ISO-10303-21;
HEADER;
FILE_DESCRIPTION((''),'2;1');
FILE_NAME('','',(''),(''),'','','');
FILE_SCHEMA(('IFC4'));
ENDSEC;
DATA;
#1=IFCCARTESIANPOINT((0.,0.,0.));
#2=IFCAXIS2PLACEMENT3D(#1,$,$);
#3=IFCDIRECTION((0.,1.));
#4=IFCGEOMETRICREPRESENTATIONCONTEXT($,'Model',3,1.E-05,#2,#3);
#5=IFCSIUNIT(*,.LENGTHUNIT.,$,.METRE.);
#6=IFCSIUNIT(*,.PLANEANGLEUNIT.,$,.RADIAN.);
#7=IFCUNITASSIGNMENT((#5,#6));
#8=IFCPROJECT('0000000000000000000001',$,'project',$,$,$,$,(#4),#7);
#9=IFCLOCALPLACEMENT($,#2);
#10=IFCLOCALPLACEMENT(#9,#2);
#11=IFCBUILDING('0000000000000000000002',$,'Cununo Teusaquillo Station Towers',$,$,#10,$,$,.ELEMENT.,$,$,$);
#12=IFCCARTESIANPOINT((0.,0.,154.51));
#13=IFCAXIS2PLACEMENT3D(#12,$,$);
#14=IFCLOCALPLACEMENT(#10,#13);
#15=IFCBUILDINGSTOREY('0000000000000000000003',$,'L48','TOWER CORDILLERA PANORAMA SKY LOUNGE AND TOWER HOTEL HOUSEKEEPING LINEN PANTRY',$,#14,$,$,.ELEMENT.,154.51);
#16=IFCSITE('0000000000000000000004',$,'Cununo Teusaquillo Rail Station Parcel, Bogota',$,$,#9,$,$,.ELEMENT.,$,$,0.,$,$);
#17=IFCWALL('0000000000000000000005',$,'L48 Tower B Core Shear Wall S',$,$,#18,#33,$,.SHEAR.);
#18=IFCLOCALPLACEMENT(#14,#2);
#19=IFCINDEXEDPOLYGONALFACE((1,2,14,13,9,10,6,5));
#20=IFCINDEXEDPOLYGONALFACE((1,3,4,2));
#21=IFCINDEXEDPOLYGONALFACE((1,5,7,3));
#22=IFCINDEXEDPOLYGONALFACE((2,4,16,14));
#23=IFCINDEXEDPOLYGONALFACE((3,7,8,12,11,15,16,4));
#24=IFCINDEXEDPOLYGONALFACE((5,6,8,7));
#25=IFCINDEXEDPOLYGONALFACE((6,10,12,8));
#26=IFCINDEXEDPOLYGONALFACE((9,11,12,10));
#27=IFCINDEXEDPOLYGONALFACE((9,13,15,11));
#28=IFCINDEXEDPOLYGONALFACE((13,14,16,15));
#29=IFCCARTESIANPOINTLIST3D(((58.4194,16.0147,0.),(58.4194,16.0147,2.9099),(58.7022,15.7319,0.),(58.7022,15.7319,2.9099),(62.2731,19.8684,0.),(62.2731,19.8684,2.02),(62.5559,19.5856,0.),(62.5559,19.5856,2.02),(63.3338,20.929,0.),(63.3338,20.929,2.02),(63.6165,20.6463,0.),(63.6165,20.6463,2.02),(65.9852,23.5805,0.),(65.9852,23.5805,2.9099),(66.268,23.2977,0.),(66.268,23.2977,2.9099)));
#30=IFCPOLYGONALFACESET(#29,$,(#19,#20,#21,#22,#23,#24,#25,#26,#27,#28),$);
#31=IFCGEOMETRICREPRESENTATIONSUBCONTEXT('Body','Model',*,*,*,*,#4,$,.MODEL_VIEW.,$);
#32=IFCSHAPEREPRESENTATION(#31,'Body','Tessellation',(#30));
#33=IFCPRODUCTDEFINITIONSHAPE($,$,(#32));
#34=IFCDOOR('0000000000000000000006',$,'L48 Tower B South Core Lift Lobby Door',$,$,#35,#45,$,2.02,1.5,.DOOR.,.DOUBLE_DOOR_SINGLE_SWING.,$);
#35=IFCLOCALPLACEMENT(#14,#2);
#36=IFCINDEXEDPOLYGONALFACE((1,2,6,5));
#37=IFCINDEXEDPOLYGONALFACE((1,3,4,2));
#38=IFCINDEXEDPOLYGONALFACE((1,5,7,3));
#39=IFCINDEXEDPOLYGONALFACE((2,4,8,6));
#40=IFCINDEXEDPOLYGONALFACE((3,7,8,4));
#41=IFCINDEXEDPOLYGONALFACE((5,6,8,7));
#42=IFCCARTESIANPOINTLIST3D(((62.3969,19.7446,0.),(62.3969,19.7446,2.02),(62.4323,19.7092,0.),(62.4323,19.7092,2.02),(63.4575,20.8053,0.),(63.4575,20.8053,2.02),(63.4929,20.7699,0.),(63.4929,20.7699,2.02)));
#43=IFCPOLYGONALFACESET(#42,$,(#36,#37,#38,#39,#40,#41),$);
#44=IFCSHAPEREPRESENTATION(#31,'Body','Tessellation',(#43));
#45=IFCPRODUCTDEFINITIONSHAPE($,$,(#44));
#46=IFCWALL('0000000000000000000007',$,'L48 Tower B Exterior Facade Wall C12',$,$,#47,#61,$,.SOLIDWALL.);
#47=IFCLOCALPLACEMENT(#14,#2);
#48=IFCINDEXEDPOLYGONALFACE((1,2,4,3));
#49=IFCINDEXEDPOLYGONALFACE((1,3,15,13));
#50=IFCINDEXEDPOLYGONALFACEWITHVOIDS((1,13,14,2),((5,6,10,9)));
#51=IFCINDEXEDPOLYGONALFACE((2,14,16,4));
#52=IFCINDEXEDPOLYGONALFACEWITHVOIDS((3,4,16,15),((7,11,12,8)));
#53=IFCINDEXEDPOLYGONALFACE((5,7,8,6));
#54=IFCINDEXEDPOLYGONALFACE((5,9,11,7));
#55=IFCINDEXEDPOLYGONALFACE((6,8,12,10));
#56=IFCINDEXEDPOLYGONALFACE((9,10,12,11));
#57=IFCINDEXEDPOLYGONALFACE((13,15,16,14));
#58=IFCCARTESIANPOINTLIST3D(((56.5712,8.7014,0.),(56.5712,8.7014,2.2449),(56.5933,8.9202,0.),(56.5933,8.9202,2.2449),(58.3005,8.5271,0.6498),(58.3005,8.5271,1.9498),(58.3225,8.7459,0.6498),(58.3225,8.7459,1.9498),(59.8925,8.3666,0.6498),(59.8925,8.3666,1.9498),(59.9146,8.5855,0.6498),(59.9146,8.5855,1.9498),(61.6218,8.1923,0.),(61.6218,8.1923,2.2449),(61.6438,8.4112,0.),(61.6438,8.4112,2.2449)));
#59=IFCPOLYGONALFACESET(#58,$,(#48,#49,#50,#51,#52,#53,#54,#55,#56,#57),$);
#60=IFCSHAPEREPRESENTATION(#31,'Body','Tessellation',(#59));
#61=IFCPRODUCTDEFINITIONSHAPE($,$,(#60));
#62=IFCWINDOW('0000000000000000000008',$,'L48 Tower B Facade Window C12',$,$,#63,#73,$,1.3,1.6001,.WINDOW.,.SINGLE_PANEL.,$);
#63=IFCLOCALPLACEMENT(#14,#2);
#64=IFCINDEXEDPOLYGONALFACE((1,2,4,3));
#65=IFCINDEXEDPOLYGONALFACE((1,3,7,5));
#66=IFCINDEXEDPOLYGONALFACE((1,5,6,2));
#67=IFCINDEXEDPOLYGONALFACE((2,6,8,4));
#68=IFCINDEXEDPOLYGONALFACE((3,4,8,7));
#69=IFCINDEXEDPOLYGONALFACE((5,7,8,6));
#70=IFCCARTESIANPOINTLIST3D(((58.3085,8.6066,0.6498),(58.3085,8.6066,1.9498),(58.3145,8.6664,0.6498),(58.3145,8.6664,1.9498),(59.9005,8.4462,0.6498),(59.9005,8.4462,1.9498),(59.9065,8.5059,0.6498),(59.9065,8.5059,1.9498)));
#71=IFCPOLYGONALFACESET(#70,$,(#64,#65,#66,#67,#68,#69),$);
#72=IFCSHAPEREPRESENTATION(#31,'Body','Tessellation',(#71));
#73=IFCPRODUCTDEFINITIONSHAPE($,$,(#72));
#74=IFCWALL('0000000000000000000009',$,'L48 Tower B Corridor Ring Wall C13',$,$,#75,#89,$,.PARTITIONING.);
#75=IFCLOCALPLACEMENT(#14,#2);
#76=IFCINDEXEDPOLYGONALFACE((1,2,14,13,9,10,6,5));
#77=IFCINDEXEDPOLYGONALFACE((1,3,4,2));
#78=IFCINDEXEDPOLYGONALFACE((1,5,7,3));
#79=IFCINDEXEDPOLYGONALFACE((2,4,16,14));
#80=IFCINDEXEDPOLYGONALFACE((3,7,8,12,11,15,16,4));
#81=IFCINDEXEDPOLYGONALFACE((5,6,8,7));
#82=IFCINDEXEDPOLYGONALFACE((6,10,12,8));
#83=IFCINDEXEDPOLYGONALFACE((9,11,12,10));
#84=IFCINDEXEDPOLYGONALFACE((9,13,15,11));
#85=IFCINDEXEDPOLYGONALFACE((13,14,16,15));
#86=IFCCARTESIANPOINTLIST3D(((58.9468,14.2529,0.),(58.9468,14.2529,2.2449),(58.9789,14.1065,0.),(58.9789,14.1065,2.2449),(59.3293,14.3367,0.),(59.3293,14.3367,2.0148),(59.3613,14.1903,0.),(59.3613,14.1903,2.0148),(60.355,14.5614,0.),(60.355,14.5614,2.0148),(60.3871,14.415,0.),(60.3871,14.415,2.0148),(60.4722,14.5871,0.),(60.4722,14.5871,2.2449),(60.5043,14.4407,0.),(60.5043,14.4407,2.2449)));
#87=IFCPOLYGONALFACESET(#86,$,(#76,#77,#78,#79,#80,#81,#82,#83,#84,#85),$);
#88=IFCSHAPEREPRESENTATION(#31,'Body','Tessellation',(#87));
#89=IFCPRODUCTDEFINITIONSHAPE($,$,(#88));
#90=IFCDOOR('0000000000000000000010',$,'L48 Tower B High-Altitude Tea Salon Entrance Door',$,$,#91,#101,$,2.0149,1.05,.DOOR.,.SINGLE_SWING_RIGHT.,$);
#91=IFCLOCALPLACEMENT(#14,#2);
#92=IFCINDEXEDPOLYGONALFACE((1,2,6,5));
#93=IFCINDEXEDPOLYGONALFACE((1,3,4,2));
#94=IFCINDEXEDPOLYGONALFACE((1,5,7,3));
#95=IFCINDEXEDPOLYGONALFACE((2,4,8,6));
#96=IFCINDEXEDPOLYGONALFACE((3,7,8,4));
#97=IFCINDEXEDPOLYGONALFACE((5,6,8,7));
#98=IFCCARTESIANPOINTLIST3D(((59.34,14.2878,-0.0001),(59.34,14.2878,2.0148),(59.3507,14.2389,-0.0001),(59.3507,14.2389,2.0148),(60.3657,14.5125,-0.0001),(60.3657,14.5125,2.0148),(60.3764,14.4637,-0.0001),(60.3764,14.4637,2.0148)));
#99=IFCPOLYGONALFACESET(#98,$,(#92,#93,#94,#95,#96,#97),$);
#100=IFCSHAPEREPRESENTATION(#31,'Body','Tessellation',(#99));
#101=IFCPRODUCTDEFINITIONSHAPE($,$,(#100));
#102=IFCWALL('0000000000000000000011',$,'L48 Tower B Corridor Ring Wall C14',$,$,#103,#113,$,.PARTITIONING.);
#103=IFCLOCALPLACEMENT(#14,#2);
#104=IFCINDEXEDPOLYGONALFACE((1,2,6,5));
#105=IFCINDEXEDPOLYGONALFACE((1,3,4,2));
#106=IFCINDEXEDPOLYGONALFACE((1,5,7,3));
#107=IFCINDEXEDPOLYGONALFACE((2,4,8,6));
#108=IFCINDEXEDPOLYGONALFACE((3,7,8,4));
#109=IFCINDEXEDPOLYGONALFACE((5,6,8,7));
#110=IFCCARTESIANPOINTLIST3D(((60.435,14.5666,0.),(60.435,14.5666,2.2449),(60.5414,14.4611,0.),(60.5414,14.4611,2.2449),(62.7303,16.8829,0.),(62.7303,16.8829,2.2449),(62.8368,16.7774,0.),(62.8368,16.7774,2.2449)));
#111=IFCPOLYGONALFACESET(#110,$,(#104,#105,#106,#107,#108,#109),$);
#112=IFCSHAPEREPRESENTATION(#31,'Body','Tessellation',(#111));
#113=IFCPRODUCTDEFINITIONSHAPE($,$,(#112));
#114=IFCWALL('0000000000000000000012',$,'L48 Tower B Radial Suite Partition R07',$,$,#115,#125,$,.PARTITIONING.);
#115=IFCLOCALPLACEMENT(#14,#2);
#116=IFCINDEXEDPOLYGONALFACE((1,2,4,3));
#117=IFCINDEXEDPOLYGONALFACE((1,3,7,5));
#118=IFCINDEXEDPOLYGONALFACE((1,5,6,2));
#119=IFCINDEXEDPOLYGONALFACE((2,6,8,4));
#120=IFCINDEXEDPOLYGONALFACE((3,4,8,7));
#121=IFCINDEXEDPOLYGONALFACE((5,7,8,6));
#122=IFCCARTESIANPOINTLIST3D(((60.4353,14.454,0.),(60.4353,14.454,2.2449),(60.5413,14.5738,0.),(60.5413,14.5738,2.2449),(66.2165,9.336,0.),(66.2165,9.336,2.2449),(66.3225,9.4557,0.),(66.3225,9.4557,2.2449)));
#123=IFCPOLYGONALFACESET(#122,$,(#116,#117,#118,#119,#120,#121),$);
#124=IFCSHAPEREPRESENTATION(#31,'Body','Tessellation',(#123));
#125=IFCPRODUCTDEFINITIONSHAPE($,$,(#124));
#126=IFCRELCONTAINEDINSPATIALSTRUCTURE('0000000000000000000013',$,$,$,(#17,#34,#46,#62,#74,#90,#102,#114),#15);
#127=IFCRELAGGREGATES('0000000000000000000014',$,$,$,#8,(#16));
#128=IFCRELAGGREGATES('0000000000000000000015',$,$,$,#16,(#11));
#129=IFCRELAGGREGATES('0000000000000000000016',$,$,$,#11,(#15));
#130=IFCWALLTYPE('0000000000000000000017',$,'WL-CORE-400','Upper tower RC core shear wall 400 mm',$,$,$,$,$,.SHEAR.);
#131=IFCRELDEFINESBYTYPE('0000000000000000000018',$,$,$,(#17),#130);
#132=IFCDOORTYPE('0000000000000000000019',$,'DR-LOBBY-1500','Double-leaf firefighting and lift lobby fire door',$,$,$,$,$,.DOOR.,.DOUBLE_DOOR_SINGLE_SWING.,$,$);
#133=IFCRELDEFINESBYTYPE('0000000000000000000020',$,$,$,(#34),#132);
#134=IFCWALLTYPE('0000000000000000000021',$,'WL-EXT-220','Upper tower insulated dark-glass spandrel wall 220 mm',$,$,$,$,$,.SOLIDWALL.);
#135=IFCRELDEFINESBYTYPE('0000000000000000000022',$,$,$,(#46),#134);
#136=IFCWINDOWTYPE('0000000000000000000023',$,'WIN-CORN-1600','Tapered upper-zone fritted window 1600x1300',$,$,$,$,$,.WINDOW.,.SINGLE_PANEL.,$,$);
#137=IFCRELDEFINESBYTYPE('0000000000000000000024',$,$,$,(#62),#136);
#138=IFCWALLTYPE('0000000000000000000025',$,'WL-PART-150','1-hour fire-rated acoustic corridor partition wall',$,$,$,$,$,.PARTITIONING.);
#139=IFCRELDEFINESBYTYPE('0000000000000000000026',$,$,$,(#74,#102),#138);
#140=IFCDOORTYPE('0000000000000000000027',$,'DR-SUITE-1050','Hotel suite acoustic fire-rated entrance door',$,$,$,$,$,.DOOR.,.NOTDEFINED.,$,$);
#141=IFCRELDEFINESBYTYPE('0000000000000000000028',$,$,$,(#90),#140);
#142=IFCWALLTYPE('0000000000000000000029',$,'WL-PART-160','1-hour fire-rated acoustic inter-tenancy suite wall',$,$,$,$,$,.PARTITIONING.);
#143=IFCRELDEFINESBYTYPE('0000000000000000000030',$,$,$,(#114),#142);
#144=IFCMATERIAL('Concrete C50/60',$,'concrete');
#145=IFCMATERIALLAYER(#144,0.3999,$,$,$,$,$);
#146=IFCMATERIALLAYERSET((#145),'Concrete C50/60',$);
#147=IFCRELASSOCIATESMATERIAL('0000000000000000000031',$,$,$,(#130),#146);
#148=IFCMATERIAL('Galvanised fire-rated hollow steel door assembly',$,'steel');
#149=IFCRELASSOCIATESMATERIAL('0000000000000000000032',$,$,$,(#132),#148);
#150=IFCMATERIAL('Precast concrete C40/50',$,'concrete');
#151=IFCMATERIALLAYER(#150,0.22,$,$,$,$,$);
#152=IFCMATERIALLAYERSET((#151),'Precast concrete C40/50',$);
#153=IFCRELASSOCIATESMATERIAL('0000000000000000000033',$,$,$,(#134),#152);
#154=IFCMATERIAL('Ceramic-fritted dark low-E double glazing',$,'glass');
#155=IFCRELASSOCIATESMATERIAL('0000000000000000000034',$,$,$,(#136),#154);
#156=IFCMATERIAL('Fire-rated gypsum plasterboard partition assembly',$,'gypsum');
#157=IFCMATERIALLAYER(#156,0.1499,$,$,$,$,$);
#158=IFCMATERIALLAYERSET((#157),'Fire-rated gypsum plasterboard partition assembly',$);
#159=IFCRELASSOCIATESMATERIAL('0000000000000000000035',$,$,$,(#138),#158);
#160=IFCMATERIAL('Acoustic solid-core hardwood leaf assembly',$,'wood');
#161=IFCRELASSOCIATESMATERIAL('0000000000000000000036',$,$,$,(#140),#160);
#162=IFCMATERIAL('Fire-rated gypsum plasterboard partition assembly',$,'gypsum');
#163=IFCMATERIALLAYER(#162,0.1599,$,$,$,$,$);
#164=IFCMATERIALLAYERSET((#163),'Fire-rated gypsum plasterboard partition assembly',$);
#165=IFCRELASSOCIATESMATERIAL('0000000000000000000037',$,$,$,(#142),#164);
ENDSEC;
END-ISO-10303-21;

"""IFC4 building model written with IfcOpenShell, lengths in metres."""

from ifc_helpers import new_model, si_unit, direction, frame, frame_2d, origin, place, context, subcontext, project, spatial, rectangle, extrude, source, transform, mapped, material, layer, layer_set, type_object, element, fill, save


model = new_model("IFC4")

# Units and contexts
model_context = context("Model", 3, precision=1e-05, world=origin(), true_north=direction((0.0, 1.0)))
body_context = subcontext(model_context, "Body", "Model", "MODEL_VIEW")
ifc_project = project(units=[si_unit("LENGTHUNIT", "METRE"), si_unit("PLANEANGLEUNIT", "RADIAN")], contexts=[model_context])

# Site, building, storey
site_placement = place(None, origin())
site = spatial("IfcSite", under=ifc_project, at=site_placement, Name="Cununo Teusaquillo Rail Station Parcel, Bogota", CompositionType="ELEMENT", RefElevation=0.0)
building_placement = place(site_placement, origin())
building = spatial("IfcBuilding", under=site, at=building_placement, Name="Cununo Teusaquillo Station Towers", CompositionType="ELEMENT")
storey_placement = place(building_placement, frame((0.0, 0.0, 154.51)))
storey = spatial("IfcBuildingStorey", under=building, at=storey_placement, Name="L48", Description="TOWER CORDILLERA PANORAMA SKY LOUNGE AND TOWER HOTEL HOUSEKEEPING LINEN PANTRY", CompositionType="ELEMENT", Elevation=154.51)

# Shared definitions
ifc_material_1 = material(Name="Concrete C50/60", Category="concrete")
ifc_layer_1 = layer(ifc_material_1, 0.3999)
ifc_layer_set_1 = layer_set([ifc_layer_1], Name="Concrete C50/60")
wall_type_1 = type_object("IfcWallType", Name="WL-CORE-400", Description="Upper tower RC core shear wall 400 mm", PredefinedType="SHEAR", material=ifc_layer_set_1)

# Wall, opening, door
wall_1_placement = place(storey_placement, frame((58.5608, 15.8733, 0.0), z_axis=(0.0, 0.0, 1.0), x_axis=(0.707107, 0.707107, 0.0)))
wall_1 = element("IfcWall", 1, at=wall_1_placement, inside=storey, type_object=wall_type_1, Name="L48 Tower B Core Shear Wall S", PredefinedType="SHEAR", context=body_context, shape_type="SweptSolid", body=[
    extrude(rectangle(XDim=10.6997, YDim=0.3999, at=frame_2d((5.3499, 0.0))), origin(), (0.0, 0.0, 1.0), 2.9099),
])
shared_shape_1 = source(origin(), body_context, "Body", "SweptSolid", [
    extrude(rectangle(XDim=1.5, YDim=2.02, at=frame_2d((0.75, 1.01))), frame((0.0, 0.21, 0.0), z_axis=(0.0, -1.0, 0.0), x_axis=(1.0, 0.0, 0.0)), (0.0, 0.0, 1.0), 0.4199),
])
opening_1_placement = place(wall_1_placement, frame((5.45, 0.0, 0.0)))
opening_1 = element("IfcOpeningElement", 2, at=opening_1_placement, cuts=wall_1, PredefinedType="OPENING", context=body_context, shape_type="MappedRepresentation", body=[
    mapped(shared_shape_1, transform((0.0, 0.0, 0.0), x_axis=(1.0, 0.0, 0.0), y_axis=(0.0, 1.0, 0.0), z_axis=(0.0, 0.0, 1.0), scale=1.0)),
])
ifc_material_2 = material(Name="Galvanised fire-rated hollow steel door assembly", Category="steel")
door_type_1 = type_object("IfcDoorType", Name="DR-LOBBY-1500", Description="Double-leaf firefighting and lift lobby fire door", OperationType="DOUBLE_DOOR_SINGLE_SWING", PredefinedType="DOOR", material=ifc_material_2)
shared_shape_2 = source(origin(), body_context, "Body", "SweptSolid", [
    extrude(rectangle(XDim=1.5, YDim=2.02, at=frame_2d((0.75, 1.01))), frame((0.0, 0.0249, 0.0), z_axis=(0.0, -1.0, 0.0), x_axis=(1.0, 0.0, 0.0)), (0.0, 0.0, 1.0), 0.05),
])
door_1_placement = place(opening_1_placement, origin())
door_1 = element("IfcDoor", 3, at=door_1_placement, inside=storey, type_object=door_type_1, Name="L48 Tower B South Core Lift Lobby Door", OperationType="DOUBLE_DOOR_SINGLE_SWING", OverallHeight=2.02, OverallWidth=1.5, PredefinedType="DOOR", context=body_context, shape_type="MappedRepresentation", body=[
    mapped(shared_shape_2, transform((0.0, 0.0, 0.0), x_axis=(1.0, 0.0, 0.0), y_axis=(0.0, 1.0, 0.0), z_axis=(0.0, 0.0, 1.0), scale=1.0)),
])
fill(opening_1, door_1)

# Wall, opening, window
ifc_material_3 = material(Name="Precast concrete C40/50", Category="concrete")
ifc_layer_2 = layer(ifc_material_3, 0.22)
ifc_layer_set_2 = layer_set([ifc_layer_2], Name="Precast concrete C40/50")
wall_type_2 = type_object("IfcWallType", Name="WL-EXT-220", Description="Upper tower insulated dark-glass spandrel wall 220 mm", PredefinedType="SOLIDWALL", material=ifc_layer_set_2)
wall_2_placement = place(storey_placement, frame((61.6328, 8.3018, 0.0), z_axis=(0.0, 0.0, 1.0), x_axis=(-0.994959, 0.10028, 0.0)))
wall_2 = element("IfcWall", 4, at=wall_2_placement, inside=storey, type_object=wall_type_2, Name="L48 Tower B Exterior Facade Wall C12", PredefinedType="SOLIDWALL", context=body_context, shape_type="SweptSolid", body=[
    extrude(rectangle(XDim=5.0762, YDim=0.22, at=frame_2d((2.5381, 0.0))), origin(), (0.0, 0.0, 1.0), 2.2449),
])
shared_shape_3 = source(origin(), body_context, "Body", "SweptSolid", [
    extrude(rectangle(XDim=1.6001, YDim=1.3, at=frame_2d((0.8, 0.6499))), frame((0.0, 0.1199, 0.0), z_axis=(0.0, -1.0, 0.0), x_axis=(1.0, 0.0, 0.0)), (0.0, 0.0, 1.0), 0.24),
])
opening_2_placement = place(wall_2_placement, frame((1.738, 0.0, 0.6499)))
opening_2 = element("IfcOpeningElement", 5, at=opening_2_placement, cuts=wall_2, PredefinedType="OPENING", context=body_context, shape_type="MappedRepresentation", body=[
    mapped(shared_shape_3, transform((0.0, 0.0, 0.0), x_axis=(1.0, 0.0, 0.0), y_axis=(0.0, 1.0, 0.0), z_axis=(0.0, 0.0, 1.0), scale=1.0)),
])
ifc_material_4 = material(Name="Ceramic-fritted dark low-E double glazing", Category="glass")
window_type = type_object("IfcWindowType", Name="WIN-CORN-1600", Description="Tapered upper-zone fritted window 1600x1300", PartitioningType="SINGLE_PANEL", PredefinedType="WINDOW", material=ifc_material_4)
shared_shape_4 = source(origin(), body_context, "Body", "SweptSolid", [
    extrude(rectangle(XDim=1.6001, YDim=1.3, at=frame_2d((0.8, 0.6499))), frame((0.0, 0.03, 0.0), z_axis=(0.0, -1.0, 0.0), x_axis=(1.0, 0.0, 0.0)), (0.0, 0.0, 1.0), 0.0601),
])
window_placement = place(opening_2_placement, origin())
window = element("IfcWindow", 6, at=window_placement, inside=storey, type_object=window_type, Name="L48 Tower B Facade Window C12", OverallHeight=1.3, OverallWidth=1.6001, PartitioningType="SINGLE_PANEL", PredefinedType="WINDOW", context=body_context, shape_type="MappedRepresentation", body=[
    mapped(shared_shape_4, transform((0.0, 0.0, 0.0), x_axis=(1.0, 0.0, 0.0), y_axis=(0.0, 1.0, 0.0), z_axis=(0.0, 0.0, 1.0), scale=1.0)),
])
fill(opening_2, window)

# Wall, opening, door
ifc_material_5 = material(Name="Fire-rated gypsum plasterboard partition assembly", Category="gypsum")
ifc_layer_3 = layer(ifc_material_5, 0.1499)
ifc_layer_set_3 = layer_set([ifc_layer_3], Name="Fire-rated gypsum plasterboard partition assembly")
wall_type_3 = type_object("IfcWallType", Name="WL-PART-150", Description="1-hour fire-rated acoustic corridor partition wall", PredefinedType="PARTITIONING", material=ifc_layer_set_3)
wall_3_placement = place(storey_placement, frame((58.9629, 14.1797, 0.0), z_axis=(0.0, 0.0, 1.0), x_axis=(0.976827, 0.214033, 0.0)))
wall_3 = element("IfcWall", 7, at=wall_3_placement, inside=storey, type_object=wall_type_3, Name="L48 Tower B Corridor Ring Wall C13", PredefinedType="PARTITIONING", context=body_context, shape_type="SweptSolid", body=[
    extrude(rectangle(XDim=1.5615, YDim=0.1499, at=frame_2d((0.7808, 0.0))), origin(), (0.0, 0.0, 1.0), 2.2449),
])
shared_shape_5 = source(origin(), body_context, "Body", "SweptSolid", [
    extrude(rectangle(XDim=1.05, YDim=2.0149, at=frame_2d((0.5249, 1.0073))), frame((0.0, 0.085, 0.0), z_axis=(0.0, -1.0, 0.0), x_axis=(1.0, 0.0, 0.0)), (0.0, 0.0, 1.0), 0.1699),
])
opening_3_placement = place(wall_3_placement, frame((0.3916, 0.0, 0.0)))
opening_3 = element("IfcOpeningElement", 8, at=opening_3_placement, cuts=wall_3, PredefinedType="OPENING", context=body_context, shape_type="MappedRepresentation", body=[
    mapped(shared_shape_5, transform((0.0, 0.0, 0.0), x_axis=(1.0, 0.0, 0.0), y_axis=(0.0, 1.0, 0.0), z_axis=(0.0, 0.0, 1.0), scale=1.0)),
])
ifc_material_6 = material(Name="Acoustic solid-core hardwood leaf assembly", Category="wood")
door_type_2 = type_object("IfcDoorType", Name="DR-SUITE-1050", Description="Hotel suite acoustic fire-rated entrance door", OperationType="NOTDEFINED", PredefinedType="DOOR", material=ifc_material_6)
shared_shape_6 = source(origin(), body_context, "Body", "SweptSolid", [
    extrude(rectangle(XDim=1.05, YDim=2.0149, at=frame_2d((0.5249, 1.0073))), frame((0.0, 0.0249, 0.0), z_axis=(0.0, -1.0, 0.0), x_axis=(1.0, 0.0, 0.0)), (0.0, 0.0, 1.0), 0.05),
])
door_2_placement = place(opening_3_placement, origin())
door_2 = element("IfcDoor", 9, at=door_2_placement, inside=storey, type_object=door_type_2, Name="L48 Tower B High-Altitude Tea Salon Entrance Door", OperationType="SINGLE_SWING_RIGHT", OverallHeight=2.0149, OverallWidth=1.05, PredefinedType="DOOR", context=body_context, shape_type="MappedRepresentation", body=[
    mapped(shared_shape_6, transform((0.0, 0.0, 0.0), x_axis=(1.0, 0.0, 0.0), y_axis=(0.0, 1.0, 0.0), z_axis=(0.0, 0.0, 1.0), scale=1.0)),
])
fill(opening_3, door_2)

# Walls
wall_4_placement = place(storey_placement, frame((60.4883, 14.5139, 0.0), z_axis=(0.0, 0.0, 1.0), x_axis=(0.70388, 0.710319, 0.0)))
element("IfcWall", 10, at=wall_4_placement, inside=storey, type_object=wall_type_3, Name="L48 Tower B Corridor Ring Wall C14", PredefinedType="PARTITIONING", context=body_context, shape_type="SweptSolid", body=[
    extrude(rectangle(XDim=3.261, YDim=0.1499, at=frame_2d((1.6304, 0.0))), origin(), (0.0, 0.0, 1.0), 2.2449),
])
ifc_material_7 = material(Name="Fire-rated gypsum plasterboard partition assembly", Category="gypsum")
ifc_layer_4 = layer(ifc_material_7, 0.1599)
ifc_layer_set_4 = layer_set([ifc_layer_4], Name="Fire-rated gypsum plasterboard partition assembly")
wall_type_4 = type_object("IfcWallType", Name="WL-PART-160", Description="1-hour fire-rated acoustic inter-tenancy suite wall", PredefinedType="PARTITIONING", material=ifc_layer_set_4)
wall_5_placement = place(storey_placement, frame((60.4883, 14.5139, 0.0), z_axis=(0.0, 0.0, 1.0), x_axis=(0.748741, -0.662863, 0.0)))
element("IfcWall", 11, at=wall_5_placement, inside=storey, type_object=wall_type_4, Name="L48 Tower B Radial Suite Partition R07", PredefinedType="PARTITIONING", context=body_context, shape_type="SweptSolid", body=[
    extrude(rectangle(XDim=7.7212, YDim=0.1599, at=frame_2d((3.8606, 0.0))), origin(), (0.0, 0.0, 1.0), 2.2449),
])

save(model, "model.ifc")
